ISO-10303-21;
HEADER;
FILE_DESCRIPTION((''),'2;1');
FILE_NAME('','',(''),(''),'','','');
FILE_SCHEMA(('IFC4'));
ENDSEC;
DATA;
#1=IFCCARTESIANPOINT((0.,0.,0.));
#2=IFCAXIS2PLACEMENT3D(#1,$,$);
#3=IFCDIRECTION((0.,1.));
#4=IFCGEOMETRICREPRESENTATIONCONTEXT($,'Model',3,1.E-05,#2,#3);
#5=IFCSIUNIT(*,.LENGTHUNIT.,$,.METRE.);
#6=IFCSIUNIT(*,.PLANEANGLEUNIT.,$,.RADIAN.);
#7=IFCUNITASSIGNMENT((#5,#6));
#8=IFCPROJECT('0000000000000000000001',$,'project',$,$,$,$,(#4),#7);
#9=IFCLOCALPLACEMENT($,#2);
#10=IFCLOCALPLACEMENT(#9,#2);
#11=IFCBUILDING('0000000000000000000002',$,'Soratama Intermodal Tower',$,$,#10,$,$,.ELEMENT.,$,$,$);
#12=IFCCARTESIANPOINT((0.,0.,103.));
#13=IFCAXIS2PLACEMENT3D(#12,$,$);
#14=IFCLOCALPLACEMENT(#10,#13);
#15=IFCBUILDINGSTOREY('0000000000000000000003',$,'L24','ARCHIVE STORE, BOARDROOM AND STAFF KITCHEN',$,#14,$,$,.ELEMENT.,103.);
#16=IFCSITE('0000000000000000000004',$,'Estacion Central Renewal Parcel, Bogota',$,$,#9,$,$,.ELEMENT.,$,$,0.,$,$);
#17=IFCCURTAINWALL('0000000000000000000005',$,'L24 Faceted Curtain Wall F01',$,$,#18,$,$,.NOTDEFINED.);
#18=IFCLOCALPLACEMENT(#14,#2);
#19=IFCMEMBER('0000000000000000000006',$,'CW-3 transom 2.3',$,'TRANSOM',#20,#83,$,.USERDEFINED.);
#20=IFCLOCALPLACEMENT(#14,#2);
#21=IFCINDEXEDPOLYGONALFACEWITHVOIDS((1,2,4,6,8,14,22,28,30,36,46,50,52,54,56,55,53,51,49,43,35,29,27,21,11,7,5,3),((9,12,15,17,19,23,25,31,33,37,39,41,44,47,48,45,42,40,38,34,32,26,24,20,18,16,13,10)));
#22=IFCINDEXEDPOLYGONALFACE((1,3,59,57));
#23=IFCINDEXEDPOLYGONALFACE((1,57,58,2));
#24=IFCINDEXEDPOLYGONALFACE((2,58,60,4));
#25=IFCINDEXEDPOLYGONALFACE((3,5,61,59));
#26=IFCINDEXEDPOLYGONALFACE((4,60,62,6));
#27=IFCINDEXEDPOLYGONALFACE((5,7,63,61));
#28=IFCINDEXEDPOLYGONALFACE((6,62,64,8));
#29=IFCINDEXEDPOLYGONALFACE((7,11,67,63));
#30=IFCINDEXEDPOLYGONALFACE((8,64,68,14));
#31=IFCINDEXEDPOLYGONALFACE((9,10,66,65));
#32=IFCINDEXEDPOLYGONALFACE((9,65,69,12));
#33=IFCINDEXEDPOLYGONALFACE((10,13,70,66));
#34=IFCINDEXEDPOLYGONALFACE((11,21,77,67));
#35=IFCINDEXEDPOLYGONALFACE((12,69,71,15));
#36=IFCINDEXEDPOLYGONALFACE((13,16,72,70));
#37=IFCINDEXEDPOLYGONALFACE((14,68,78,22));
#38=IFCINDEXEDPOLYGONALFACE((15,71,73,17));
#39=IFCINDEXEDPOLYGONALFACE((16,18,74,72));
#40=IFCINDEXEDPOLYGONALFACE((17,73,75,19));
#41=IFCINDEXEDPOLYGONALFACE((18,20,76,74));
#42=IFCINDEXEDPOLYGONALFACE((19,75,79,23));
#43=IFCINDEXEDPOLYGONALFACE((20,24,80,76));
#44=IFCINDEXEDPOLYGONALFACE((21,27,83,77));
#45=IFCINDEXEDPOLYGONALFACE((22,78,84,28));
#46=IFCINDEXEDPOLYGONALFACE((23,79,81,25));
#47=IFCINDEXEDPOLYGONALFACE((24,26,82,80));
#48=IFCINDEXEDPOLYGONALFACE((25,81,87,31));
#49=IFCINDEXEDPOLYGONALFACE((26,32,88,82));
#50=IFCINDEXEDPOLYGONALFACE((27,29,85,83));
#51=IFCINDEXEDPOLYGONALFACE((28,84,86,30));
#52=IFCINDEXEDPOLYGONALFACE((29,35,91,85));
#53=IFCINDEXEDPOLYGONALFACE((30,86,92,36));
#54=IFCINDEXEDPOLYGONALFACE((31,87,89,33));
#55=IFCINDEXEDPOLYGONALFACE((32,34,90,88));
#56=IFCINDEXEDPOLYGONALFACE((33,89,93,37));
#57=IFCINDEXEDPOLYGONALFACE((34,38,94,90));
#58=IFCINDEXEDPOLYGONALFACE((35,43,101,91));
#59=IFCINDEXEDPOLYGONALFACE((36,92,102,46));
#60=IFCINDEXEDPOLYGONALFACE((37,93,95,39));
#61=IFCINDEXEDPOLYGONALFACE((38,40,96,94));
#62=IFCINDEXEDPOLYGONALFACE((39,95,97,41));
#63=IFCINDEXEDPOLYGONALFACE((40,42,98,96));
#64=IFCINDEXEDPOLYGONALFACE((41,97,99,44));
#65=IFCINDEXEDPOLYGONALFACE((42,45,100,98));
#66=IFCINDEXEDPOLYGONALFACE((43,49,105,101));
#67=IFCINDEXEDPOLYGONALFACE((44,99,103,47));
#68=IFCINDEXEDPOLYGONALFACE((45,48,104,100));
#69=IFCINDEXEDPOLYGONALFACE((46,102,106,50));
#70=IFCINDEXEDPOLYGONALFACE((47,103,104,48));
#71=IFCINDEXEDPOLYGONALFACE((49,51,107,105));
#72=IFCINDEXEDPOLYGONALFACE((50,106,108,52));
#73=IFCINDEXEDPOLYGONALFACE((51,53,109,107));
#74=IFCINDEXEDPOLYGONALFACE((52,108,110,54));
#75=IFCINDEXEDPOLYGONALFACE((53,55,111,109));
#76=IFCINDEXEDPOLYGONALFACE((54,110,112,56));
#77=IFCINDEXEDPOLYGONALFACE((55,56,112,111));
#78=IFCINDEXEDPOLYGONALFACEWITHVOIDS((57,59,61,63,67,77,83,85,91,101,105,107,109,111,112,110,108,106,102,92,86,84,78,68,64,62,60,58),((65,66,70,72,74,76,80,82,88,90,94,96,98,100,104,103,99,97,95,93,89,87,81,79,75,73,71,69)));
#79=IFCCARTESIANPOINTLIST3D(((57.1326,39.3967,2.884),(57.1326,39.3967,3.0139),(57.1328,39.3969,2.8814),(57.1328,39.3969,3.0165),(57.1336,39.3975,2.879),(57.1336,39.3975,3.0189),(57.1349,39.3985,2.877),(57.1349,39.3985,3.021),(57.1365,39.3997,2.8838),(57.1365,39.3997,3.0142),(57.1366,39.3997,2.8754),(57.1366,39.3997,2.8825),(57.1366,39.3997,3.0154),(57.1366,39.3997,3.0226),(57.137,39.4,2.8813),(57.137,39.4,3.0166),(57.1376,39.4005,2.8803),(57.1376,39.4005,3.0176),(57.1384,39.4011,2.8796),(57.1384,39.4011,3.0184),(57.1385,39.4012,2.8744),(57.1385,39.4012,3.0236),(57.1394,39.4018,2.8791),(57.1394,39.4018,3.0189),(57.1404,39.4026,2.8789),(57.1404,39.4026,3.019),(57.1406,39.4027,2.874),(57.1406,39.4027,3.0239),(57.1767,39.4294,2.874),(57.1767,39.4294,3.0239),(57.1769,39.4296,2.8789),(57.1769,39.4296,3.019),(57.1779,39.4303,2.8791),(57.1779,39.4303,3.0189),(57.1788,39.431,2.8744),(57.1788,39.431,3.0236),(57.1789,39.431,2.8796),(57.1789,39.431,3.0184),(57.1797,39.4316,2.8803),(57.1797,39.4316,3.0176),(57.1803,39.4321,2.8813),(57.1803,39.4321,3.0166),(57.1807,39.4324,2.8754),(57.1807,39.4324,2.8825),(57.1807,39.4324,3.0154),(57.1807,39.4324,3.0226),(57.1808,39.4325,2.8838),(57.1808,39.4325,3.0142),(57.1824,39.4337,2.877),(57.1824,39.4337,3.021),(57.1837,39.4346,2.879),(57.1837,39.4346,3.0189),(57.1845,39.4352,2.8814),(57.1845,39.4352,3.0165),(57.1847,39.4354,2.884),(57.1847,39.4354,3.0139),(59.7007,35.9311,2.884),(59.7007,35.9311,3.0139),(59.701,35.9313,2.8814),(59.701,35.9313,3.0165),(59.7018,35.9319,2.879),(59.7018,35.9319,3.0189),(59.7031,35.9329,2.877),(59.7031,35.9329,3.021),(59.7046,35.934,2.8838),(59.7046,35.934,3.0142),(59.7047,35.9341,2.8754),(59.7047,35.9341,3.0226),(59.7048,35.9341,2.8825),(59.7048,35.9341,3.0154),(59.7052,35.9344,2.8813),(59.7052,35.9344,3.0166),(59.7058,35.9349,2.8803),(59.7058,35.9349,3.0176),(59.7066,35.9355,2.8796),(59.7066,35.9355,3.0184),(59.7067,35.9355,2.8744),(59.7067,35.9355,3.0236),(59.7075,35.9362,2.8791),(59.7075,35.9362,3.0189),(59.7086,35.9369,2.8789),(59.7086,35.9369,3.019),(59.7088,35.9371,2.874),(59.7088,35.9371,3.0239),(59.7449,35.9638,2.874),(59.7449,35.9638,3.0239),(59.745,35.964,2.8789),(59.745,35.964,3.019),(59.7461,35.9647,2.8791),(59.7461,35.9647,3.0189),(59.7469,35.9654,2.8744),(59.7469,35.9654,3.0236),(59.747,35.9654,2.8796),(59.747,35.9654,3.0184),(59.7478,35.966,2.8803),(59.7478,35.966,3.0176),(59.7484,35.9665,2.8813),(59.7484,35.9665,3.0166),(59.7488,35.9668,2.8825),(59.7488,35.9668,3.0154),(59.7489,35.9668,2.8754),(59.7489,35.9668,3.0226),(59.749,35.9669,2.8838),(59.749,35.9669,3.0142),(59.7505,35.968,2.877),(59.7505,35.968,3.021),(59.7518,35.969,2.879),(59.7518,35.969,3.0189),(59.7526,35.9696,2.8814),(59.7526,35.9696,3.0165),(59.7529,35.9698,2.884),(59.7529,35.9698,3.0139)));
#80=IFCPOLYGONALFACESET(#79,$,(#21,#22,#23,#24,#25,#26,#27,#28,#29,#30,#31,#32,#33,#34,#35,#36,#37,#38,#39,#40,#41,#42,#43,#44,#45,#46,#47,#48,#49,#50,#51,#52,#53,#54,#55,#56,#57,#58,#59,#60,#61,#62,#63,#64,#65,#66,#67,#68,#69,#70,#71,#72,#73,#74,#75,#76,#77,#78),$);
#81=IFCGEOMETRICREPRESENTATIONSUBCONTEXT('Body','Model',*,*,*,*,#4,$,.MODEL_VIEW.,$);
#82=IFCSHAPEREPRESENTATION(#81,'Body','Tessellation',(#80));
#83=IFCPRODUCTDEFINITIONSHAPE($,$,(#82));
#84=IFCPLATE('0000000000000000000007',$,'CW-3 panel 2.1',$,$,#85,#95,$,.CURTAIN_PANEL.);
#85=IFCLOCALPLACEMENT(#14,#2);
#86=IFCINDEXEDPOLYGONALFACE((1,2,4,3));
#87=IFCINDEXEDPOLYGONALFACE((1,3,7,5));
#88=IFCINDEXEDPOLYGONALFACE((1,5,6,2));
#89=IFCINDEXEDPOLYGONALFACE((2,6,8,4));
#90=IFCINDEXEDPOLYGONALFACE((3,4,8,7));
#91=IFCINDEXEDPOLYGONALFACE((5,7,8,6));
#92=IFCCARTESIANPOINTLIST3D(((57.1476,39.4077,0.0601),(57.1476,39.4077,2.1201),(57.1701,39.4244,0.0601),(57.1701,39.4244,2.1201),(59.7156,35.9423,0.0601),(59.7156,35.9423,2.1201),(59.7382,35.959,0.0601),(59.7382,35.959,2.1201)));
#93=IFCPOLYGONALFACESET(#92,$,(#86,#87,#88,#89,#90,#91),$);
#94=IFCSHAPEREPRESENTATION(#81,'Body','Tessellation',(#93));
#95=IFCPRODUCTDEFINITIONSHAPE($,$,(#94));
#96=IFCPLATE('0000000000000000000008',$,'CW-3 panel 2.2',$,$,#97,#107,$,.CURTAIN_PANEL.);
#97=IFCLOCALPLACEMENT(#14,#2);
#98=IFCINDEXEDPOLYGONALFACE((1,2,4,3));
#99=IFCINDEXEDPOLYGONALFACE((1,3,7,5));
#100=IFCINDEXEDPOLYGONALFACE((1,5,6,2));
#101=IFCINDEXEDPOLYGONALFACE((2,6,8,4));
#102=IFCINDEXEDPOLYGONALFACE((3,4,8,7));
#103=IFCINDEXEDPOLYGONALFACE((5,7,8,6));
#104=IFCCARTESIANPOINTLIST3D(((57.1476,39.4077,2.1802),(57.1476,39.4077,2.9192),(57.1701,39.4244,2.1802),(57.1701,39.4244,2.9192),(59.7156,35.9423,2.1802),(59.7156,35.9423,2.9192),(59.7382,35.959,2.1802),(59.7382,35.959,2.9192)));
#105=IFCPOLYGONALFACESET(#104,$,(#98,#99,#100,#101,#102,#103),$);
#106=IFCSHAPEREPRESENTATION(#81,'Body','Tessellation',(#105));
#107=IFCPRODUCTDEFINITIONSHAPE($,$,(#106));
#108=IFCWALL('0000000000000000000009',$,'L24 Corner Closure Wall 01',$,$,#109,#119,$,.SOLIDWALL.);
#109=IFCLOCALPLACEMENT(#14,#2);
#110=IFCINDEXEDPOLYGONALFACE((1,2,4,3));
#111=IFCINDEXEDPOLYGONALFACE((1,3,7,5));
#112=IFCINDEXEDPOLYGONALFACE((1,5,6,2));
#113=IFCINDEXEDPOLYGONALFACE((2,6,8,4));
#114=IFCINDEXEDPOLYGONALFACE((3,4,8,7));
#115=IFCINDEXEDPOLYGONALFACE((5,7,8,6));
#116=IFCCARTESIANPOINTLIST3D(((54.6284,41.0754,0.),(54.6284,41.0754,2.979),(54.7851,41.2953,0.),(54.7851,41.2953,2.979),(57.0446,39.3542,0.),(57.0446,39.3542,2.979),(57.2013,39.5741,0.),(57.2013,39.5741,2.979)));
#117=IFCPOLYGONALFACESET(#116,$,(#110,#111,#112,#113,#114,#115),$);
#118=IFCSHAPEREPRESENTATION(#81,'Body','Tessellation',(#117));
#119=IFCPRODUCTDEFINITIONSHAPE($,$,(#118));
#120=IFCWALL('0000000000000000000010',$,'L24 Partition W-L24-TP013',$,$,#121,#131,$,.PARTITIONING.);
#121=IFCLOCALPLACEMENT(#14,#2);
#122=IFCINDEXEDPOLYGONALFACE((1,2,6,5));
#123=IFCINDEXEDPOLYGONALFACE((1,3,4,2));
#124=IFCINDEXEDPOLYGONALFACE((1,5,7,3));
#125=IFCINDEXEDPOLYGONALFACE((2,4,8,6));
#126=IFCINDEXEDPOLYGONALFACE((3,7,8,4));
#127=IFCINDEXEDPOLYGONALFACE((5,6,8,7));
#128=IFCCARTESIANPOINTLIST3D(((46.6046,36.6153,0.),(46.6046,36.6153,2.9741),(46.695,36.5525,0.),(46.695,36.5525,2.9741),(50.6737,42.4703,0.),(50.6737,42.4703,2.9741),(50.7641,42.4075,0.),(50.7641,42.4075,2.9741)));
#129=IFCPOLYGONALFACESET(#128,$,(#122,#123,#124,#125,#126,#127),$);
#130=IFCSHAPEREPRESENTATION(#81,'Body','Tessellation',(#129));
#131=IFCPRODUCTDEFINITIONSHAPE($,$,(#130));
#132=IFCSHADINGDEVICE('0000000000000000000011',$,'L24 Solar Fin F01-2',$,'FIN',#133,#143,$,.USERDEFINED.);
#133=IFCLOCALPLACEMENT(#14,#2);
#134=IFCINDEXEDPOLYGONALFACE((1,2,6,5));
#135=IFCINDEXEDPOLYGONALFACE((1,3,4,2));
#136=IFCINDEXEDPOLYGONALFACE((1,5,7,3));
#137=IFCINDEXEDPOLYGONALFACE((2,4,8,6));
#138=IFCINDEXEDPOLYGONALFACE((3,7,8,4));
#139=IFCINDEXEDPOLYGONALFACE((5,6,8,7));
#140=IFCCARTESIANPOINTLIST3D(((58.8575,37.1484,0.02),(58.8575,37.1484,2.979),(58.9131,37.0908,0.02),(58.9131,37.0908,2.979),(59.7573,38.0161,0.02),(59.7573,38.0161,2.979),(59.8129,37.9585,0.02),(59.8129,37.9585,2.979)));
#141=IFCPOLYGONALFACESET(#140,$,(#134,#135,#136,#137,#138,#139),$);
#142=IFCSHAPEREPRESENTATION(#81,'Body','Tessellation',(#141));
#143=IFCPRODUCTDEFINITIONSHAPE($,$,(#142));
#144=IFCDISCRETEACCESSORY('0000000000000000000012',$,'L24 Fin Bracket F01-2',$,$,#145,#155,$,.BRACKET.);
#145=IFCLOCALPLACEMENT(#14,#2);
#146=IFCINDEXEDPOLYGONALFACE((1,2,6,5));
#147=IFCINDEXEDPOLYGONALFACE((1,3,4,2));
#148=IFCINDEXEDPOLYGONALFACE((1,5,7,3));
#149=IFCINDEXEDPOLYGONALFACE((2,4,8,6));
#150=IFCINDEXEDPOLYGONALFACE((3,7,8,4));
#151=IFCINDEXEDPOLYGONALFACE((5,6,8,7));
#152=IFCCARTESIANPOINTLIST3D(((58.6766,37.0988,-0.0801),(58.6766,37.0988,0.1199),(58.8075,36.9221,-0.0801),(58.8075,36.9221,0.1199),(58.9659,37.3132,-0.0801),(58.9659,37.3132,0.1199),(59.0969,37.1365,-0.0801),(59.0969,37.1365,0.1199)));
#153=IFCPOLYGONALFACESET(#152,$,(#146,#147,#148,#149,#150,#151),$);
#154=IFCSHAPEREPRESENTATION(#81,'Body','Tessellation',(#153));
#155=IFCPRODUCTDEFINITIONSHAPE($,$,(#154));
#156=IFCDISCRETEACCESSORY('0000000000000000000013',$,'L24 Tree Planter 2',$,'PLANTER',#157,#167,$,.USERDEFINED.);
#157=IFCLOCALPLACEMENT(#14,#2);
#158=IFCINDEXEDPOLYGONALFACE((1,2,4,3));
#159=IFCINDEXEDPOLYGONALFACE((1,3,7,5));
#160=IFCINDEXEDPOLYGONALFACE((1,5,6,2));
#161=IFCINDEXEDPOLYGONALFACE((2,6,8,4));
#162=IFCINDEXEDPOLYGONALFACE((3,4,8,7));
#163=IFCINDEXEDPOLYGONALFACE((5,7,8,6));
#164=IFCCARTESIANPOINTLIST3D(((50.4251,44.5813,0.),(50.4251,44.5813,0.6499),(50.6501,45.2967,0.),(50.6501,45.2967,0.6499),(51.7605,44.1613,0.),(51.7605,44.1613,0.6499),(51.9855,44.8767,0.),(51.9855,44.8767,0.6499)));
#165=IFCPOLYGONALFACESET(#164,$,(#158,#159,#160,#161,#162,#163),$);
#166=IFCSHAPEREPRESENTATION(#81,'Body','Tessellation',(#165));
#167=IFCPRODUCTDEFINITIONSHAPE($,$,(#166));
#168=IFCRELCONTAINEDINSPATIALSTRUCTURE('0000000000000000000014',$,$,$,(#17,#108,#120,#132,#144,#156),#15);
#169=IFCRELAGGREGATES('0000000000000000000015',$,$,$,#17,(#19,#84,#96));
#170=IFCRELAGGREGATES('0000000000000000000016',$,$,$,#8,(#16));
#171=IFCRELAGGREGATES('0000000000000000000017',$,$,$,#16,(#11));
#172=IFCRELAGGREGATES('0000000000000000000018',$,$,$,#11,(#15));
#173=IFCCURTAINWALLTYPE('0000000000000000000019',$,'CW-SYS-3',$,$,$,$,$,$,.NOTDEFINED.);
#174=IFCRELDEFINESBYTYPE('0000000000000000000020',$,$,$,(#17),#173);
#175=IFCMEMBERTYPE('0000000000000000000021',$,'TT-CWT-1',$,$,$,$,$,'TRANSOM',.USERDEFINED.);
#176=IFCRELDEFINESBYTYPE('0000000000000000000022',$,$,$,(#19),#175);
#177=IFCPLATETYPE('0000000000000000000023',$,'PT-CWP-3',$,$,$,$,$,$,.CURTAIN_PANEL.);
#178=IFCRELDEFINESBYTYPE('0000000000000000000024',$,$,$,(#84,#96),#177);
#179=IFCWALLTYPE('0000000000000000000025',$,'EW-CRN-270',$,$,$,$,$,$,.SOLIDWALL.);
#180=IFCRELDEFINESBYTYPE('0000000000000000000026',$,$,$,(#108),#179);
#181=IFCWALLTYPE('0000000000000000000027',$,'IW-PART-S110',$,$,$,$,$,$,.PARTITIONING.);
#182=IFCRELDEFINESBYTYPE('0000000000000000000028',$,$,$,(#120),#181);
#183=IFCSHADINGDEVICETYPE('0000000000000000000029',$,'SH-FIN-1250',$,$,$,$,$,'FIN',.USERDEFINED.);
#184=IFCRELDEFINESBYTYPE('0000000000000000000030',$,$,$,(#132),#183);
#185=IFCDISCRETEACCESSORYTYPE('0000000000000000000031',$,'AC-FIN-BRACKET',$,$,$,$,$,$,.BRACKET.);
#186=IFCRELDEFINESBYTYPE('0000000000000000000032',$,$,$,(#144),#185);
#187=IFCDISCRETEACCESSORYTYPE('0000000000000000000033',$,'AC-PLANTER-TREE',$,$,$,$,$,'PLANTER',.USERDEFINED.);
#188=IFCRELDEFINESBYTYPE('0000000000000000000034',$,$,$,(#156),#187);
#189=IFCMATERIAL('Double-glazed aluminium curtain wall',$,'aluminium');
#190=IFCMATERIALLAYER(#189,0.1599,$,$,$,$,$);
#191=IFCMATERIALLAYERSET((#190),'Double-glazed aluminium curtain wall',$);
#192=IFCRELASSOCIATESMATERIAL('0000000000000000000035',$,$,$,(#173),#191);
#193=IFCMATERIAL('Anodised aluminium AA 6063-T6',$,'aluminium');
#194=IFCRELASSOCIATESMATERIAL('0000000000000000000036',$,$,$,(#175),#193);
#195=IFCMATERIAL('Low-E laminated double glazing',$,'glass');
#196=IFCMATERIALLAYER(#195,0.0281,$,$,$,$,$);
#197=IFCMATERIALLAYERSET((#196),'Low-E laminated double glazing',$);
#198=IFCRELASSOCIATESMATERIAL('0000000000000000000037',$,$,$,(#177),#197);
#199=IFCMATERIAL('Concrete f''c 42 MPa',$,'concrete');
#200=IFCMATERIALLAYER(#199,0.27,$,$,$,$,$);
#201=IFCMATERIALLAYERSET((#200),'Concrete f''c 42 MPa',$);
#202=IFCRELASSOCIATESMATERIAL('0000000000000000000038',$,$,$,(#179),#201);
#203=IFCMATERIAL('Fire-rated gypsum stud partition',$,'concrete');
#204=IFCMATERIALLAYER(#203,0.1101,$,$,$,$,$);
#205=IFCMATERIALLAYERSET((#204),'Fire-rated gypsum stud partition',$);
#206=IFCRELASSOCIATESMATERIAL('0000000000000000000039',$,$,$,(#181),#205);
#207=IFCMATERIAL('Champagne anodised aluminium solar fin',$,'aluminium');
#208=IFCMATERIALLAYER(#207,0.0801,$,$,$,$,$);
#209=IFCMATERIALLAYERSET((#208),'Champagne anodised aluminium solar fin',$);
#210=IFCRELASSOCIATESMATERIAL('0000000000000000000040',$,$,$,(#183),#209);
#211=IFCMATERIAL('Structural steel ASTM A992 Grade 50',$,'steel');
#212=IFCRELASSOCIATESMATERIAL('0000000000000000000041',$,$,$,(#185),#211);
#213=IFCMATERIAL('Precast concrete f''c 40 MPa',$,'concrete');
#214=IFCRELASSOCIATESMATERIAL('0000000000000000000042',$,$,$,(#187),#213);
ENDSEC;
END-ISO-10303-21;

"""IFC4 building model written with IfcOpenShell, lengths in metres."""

from ifc_helpers import new_model, si_unit, direction, frame, frame_2d, origin, origin_2d, place, context, subcontext, project, spatial, rectangle, hollow_rectangle, extrude, material, layer, layer_set, material_profile, profile_set, type_object, element, aggregate, save


model = new_model("IFC4")

# Units and contexts
model_context = context("Model", 3, precision=1e-05, world=origin(), true_north=direction((0.0, 1.0)))
body_context = subcontext(model_context, "Body", "Model", "MODEL_VIEW")
ifc_project = project(units=[si_unit("LENGTHUNIT", "METRE"), si_unit("PLANEANGLEUNIT", "RADIAN")], contexts=[model_context])

# Site, building, storey
site_placement = place(None, origin())
site = spatial("IfcSite", under=ifc_project, at=site_placement, Name="Estacion Central Renewal Parcel, Bogota", CompositionType="ELEMENT", RefElevation=0.0)
building_placement = place(site_placement, origin())
building = spatial("IfcBuilding", under=site, at=building_placement, Name="Soratama Intermodal Tower", CompositionType="ELEMENT")
storey_placement = place(building_placement, frame((0.0, 0.0, 103.0)))
storey = spatial("IfcBuildingStorey", under=building, at=storey_placement, Name="L24", Description="ARCHIVE STORE, BOARDROOM AND STAFF KITCHEN", CompositionType="ELEMENT", Elevation=103.0)

# Curtain wall, member, plates
ifc_material_1 = material(Name="Double-glazed aluminium curtain wall", Category="aluminium")
ifc_layer_1 = layer(ifc_material_1, 0.1599)
ifc_layer_set_1 = layer_set([ifc_layer_1], Name="Double-glazed aluminium curtain wall")
curtain_wall_type = type_object("IfcCurtainWallType", Name="CW-SYS-3", PredefinedType="NOTDEFINED", material=ifc_layer_set_1)
curtain_wall_placement = place(storey_placement, origin())
curtain_wall = element("IfcCurtainWall", 1, at=curtain_wall_placement, inside=storey, type_object=curtain_wall_type, Name="L24 Faceted Curtain Wall F01", PredefinedType="NOTDEFINED")
ifc_material_2 = material(Name="Anodised aluminium AA 6063-T6", Category="aluminium")
ifc_material_profile_1 = material_profile(ifc_material_2, hollow_rectangle(XDim=0.0649, YDim=0.1499, WallThickness=0.0049, InnerFilletRadius=0.0049, OuterFilletRadius=0.01, at=origin_2d()), Name="CWT150X65X5")
ifc_profile_set_1 = profile_set([ifc_material_profile_1], Name="Anodised aluminium AA 6063-T6")
member_type_1 = type_object("IfcMemberType", Name="TT-CWT-1", ElementType="TRANSOM", PredefinedType="USERDEFINED", material=ifc_profile_set_1)
member_1_placement = place(storey_placement, frame((59.7268, 35.9504, 2.949), z_axis=(-0.59538, 0.803444, 0.0), x_axis=(-0.803444, -0.59538, 0.0)))
member_1 = element("IfcMember", 2, at=member_1_placement, type_object=member_type_1, Name="CW-3 transom 2.3", ObjectType="TRANSOM", PredefinedType="USERDEFINED", context=body_context, shape_type="SweptSolid", body=[
    extrude(hollow_rectangle(XDim=0.0649, YDim=0.1499, WallThickness=0.0049, InnerFilletRadius=0.0049, OuterFilletRadius=0.01, at=origin_2d()), origin(), (0.0, 0.0, 1.0), 4.3135),
])
ifc_material_3 = material(Name="Low-E laminated double glazing", Category="glass")
ifc_layer_2 = layer(ifc_material_3, 0.0281)
ifc_layer_set_2 = layer_set([ifc_layer_2], Name="Low-E laminated double glazing")
plate_type = type_object("IfcPlateType", Name="PT-CWP-3", PredefinedType="CURTAIN_PANEL", material=ifc_layer_set_2)
plate_1_placement = place(storey_placement, frame((58.4429, 37.6833, 0.0601), z_axis=(0.0, 0.0, 1.0), x_axis=(-0.595383, 0.803442, 0.0)))
plate_1 = element("IfcPlate", 3, at=plate_1_placement, type_object=plate_type, Name="CW-3 panel 2.1", PredefinedType="CURTAIN_PANEL", context=body_context, shape_type="SweptSolid", body=[
    extrude(rectangle(XDim=4.3132, YDim=0.0281, at=origin_2d()), origin(), (0.0, 0.0, 1.0), 2.0601),
])
plate_2_placement = place(storey_placement, frame((58.4429, 37.6833, 2.1802), z_axis=(0.0, 0.0, 1.0), x_axis=(-0.595383, 0.803442, 0.0)))
plate_2 = element("IfcPlate", 4, at=plate_2_placement, type_object=plate_type, Name="CW-3 panel 2.2", PredefinedType="CURTAIN_PANEL", context=body_context, shape_type="SweptSolid", body=[
    extrude(rectangle(XDim=4.3132, YDim=0.0281, at=origin_2d()), origin(), (0.0, 0.0, 1.0), 0.739),
])
aggregate(curtain_wall, [member_1, plate_1, plate_2])

# Wall
ifc_material_4 = material(Name="Concrete f'c 42 MPa", Category="concrete")
ifc_layer_3 = layer(ifc_material_4, 0.27)
ifc_layer_set_3 = layer_set([ifc_layer_3], Name="Concrete f'c 42 MPa")
wall_type_1 = type_object("IfcWallType", Name="EW-CRN-270", PredefinedType="SOLIDWALL", material=ifc_layer_set_3)
wall_1_placement = place(storey_placement, frame((57.123, 39.4641, 0.0), z_axis=(0.0, 0.0, 1.0), x_axis=(-0.814483, 0.580187, 0.0)))
element("IfcWall", 5, at=wall_1_placement, inside=storey, type_object=wall_type_1, Name="L24 Corner Closure Wall 01", PredefinedType="SOLIDWALL", context=body_context, shape_type="SweptSolid", body=[
    extrude(rectangle(XDim=2.9666, YDim=0.27, at=frame_2d((1.4834, 0.0))), origin(), (0.0, 0.0, 1.0), 2.979),
])

# Wall
ifc_material_5 = material(Name="Fire-rated gypsum stud partition", Category="concrete")
ifc_layer_4 = layer(ifc_material_5, 0.1101)
ifc_layer_set_4 = layer_set([ifc_layer_4], Name="Fire-rated gypsum stud partition")
wall_type_2 = type_object("IfcWallType", Name="IW-PART-S110", PredefinedType="PARTITIONING", material=ifc_layer_set_4)
wall_2_placement = place(storey_placement, frame((46.6499, 36.584, 0.0), z_axis=(0.0, 0.0, 1.0), x_axis=(0.570692, 0.821164, 0.0)))
element("IfcWall", 6, at=wall_2_placement, inside=storey, type_object=wall_type_2, Name="L24 Partition W-L24-TP013", PredefinedType="PARTITIONING", context=body_context, shape_type="SweptSolid", body=[
    extrude(rectangle(XDim=7.1301, YDim=0.1101, at=frame_2d((3.5649, 0.0))), origin(), (0.0, 0.0, 1.0), 2.9741),
])

# Shading device
ifc_material_6 = material(Name="Champagne anodised aluminium solar fin", Category="aluminium")
ifc_layer_5 = layer(ifc_material_6, 0.0801)
ifc_layer_set_5 = layer_set([ifc_layer_5], Name="Champagne anodised aluminium solar fin")
shading_device_type = type_object("IfcShadingDeviceType", Name="SH-FIN-1250", ElementType="FIN", PredefinedType="USERDEFINED", material=ifc_layer_set_5)
shading_device_placement = place(storey_placement, frame((59.3352, 37.5535, 0.02), z_axis=(0.0, 0.0, 1.0), x_axis=(0.719825, 0.694156, 0.0)))
element("IfcShadingDevice", 7, at=shading_device_placement, inside=storey, type_object=shading_device_type, Name="L24 Solar Fin F01-2", ObjectType="FIN", PredefinedType="USERDEFINED", context=body_context, shape_type="SweptSolid", body=[
    extrude(rectangle(XDim=1.25, YDim=0.0801, at=origin_2d()), origin(), (0.0, 0.0, 1.0), 2.959),
])

# Discrete accessories
ifc_material_7 = material(Name="Structural steel ASTM A992 Grade 50", Category="steel")
discrete_accessory_type_1 = type_object("IfcDiscreteAccessoryType", Name="AC-FIN-BRACKET", PredefinedType="BRACKET", material=ifc_material_7)
discrete_accessory_1_placement = place(storey_placement, frame((58.8867, 37.1177, -0.0801), z_axis=(0.0, 0.0, 1.0), x_axis=(0.803441, 0.595384, 0.0)))
element("IfcDiscreteAccessory", 8, at=discrete_accessory_1_placement, inside=storey, type_object=discrete_accessory_type_1, Name="L24 Fin Bracket F01-2", PredefinedType="BRACKET", context=body_context, shape_type="SweptSolid", body=[
    extrude(rectangle(XDim=0.3601, YDim=0.22, at=origin_2d()), origin(), (0.0, 0.0, 1.0), 0.2),
])
ifc_material_8 = material(Name="Precast concrete f'c 40 MPa", Category="concrete")
discrete_accessory_type_2 = type_object("IfcDiscreteAccessoryType", Name="AC-PLANTER-TREE", ElementType="PLANTER", PredefinedType="USERDEFINED", material=ifc_material_8)
discrete_accessory_2_placement = place(storey_placement, frame((51.2053, 44.729, 0.0), z_axis=(0.0, 0.0, 1.0), x_axis=(0.30004, 0.953927, 0.0)))
element("IfcDiscreteAccessory", 9, at=discrete_accessory_2_placement, inside=storey, type_object=discrete_accessory_type_2, Name="L24 Tree Planter 2", ObjectType="PLANTER", PredefinedType="USERDEFINED", context=body_context, shape_type="SweptSolid", body=[
    extrude(rectangle(XDim=0.75, YDim=1.3999, at=origin_2d()), origin(), (0.0, 0.0, 1.0), 0.6499),
])

save(model, "model.ifc")
